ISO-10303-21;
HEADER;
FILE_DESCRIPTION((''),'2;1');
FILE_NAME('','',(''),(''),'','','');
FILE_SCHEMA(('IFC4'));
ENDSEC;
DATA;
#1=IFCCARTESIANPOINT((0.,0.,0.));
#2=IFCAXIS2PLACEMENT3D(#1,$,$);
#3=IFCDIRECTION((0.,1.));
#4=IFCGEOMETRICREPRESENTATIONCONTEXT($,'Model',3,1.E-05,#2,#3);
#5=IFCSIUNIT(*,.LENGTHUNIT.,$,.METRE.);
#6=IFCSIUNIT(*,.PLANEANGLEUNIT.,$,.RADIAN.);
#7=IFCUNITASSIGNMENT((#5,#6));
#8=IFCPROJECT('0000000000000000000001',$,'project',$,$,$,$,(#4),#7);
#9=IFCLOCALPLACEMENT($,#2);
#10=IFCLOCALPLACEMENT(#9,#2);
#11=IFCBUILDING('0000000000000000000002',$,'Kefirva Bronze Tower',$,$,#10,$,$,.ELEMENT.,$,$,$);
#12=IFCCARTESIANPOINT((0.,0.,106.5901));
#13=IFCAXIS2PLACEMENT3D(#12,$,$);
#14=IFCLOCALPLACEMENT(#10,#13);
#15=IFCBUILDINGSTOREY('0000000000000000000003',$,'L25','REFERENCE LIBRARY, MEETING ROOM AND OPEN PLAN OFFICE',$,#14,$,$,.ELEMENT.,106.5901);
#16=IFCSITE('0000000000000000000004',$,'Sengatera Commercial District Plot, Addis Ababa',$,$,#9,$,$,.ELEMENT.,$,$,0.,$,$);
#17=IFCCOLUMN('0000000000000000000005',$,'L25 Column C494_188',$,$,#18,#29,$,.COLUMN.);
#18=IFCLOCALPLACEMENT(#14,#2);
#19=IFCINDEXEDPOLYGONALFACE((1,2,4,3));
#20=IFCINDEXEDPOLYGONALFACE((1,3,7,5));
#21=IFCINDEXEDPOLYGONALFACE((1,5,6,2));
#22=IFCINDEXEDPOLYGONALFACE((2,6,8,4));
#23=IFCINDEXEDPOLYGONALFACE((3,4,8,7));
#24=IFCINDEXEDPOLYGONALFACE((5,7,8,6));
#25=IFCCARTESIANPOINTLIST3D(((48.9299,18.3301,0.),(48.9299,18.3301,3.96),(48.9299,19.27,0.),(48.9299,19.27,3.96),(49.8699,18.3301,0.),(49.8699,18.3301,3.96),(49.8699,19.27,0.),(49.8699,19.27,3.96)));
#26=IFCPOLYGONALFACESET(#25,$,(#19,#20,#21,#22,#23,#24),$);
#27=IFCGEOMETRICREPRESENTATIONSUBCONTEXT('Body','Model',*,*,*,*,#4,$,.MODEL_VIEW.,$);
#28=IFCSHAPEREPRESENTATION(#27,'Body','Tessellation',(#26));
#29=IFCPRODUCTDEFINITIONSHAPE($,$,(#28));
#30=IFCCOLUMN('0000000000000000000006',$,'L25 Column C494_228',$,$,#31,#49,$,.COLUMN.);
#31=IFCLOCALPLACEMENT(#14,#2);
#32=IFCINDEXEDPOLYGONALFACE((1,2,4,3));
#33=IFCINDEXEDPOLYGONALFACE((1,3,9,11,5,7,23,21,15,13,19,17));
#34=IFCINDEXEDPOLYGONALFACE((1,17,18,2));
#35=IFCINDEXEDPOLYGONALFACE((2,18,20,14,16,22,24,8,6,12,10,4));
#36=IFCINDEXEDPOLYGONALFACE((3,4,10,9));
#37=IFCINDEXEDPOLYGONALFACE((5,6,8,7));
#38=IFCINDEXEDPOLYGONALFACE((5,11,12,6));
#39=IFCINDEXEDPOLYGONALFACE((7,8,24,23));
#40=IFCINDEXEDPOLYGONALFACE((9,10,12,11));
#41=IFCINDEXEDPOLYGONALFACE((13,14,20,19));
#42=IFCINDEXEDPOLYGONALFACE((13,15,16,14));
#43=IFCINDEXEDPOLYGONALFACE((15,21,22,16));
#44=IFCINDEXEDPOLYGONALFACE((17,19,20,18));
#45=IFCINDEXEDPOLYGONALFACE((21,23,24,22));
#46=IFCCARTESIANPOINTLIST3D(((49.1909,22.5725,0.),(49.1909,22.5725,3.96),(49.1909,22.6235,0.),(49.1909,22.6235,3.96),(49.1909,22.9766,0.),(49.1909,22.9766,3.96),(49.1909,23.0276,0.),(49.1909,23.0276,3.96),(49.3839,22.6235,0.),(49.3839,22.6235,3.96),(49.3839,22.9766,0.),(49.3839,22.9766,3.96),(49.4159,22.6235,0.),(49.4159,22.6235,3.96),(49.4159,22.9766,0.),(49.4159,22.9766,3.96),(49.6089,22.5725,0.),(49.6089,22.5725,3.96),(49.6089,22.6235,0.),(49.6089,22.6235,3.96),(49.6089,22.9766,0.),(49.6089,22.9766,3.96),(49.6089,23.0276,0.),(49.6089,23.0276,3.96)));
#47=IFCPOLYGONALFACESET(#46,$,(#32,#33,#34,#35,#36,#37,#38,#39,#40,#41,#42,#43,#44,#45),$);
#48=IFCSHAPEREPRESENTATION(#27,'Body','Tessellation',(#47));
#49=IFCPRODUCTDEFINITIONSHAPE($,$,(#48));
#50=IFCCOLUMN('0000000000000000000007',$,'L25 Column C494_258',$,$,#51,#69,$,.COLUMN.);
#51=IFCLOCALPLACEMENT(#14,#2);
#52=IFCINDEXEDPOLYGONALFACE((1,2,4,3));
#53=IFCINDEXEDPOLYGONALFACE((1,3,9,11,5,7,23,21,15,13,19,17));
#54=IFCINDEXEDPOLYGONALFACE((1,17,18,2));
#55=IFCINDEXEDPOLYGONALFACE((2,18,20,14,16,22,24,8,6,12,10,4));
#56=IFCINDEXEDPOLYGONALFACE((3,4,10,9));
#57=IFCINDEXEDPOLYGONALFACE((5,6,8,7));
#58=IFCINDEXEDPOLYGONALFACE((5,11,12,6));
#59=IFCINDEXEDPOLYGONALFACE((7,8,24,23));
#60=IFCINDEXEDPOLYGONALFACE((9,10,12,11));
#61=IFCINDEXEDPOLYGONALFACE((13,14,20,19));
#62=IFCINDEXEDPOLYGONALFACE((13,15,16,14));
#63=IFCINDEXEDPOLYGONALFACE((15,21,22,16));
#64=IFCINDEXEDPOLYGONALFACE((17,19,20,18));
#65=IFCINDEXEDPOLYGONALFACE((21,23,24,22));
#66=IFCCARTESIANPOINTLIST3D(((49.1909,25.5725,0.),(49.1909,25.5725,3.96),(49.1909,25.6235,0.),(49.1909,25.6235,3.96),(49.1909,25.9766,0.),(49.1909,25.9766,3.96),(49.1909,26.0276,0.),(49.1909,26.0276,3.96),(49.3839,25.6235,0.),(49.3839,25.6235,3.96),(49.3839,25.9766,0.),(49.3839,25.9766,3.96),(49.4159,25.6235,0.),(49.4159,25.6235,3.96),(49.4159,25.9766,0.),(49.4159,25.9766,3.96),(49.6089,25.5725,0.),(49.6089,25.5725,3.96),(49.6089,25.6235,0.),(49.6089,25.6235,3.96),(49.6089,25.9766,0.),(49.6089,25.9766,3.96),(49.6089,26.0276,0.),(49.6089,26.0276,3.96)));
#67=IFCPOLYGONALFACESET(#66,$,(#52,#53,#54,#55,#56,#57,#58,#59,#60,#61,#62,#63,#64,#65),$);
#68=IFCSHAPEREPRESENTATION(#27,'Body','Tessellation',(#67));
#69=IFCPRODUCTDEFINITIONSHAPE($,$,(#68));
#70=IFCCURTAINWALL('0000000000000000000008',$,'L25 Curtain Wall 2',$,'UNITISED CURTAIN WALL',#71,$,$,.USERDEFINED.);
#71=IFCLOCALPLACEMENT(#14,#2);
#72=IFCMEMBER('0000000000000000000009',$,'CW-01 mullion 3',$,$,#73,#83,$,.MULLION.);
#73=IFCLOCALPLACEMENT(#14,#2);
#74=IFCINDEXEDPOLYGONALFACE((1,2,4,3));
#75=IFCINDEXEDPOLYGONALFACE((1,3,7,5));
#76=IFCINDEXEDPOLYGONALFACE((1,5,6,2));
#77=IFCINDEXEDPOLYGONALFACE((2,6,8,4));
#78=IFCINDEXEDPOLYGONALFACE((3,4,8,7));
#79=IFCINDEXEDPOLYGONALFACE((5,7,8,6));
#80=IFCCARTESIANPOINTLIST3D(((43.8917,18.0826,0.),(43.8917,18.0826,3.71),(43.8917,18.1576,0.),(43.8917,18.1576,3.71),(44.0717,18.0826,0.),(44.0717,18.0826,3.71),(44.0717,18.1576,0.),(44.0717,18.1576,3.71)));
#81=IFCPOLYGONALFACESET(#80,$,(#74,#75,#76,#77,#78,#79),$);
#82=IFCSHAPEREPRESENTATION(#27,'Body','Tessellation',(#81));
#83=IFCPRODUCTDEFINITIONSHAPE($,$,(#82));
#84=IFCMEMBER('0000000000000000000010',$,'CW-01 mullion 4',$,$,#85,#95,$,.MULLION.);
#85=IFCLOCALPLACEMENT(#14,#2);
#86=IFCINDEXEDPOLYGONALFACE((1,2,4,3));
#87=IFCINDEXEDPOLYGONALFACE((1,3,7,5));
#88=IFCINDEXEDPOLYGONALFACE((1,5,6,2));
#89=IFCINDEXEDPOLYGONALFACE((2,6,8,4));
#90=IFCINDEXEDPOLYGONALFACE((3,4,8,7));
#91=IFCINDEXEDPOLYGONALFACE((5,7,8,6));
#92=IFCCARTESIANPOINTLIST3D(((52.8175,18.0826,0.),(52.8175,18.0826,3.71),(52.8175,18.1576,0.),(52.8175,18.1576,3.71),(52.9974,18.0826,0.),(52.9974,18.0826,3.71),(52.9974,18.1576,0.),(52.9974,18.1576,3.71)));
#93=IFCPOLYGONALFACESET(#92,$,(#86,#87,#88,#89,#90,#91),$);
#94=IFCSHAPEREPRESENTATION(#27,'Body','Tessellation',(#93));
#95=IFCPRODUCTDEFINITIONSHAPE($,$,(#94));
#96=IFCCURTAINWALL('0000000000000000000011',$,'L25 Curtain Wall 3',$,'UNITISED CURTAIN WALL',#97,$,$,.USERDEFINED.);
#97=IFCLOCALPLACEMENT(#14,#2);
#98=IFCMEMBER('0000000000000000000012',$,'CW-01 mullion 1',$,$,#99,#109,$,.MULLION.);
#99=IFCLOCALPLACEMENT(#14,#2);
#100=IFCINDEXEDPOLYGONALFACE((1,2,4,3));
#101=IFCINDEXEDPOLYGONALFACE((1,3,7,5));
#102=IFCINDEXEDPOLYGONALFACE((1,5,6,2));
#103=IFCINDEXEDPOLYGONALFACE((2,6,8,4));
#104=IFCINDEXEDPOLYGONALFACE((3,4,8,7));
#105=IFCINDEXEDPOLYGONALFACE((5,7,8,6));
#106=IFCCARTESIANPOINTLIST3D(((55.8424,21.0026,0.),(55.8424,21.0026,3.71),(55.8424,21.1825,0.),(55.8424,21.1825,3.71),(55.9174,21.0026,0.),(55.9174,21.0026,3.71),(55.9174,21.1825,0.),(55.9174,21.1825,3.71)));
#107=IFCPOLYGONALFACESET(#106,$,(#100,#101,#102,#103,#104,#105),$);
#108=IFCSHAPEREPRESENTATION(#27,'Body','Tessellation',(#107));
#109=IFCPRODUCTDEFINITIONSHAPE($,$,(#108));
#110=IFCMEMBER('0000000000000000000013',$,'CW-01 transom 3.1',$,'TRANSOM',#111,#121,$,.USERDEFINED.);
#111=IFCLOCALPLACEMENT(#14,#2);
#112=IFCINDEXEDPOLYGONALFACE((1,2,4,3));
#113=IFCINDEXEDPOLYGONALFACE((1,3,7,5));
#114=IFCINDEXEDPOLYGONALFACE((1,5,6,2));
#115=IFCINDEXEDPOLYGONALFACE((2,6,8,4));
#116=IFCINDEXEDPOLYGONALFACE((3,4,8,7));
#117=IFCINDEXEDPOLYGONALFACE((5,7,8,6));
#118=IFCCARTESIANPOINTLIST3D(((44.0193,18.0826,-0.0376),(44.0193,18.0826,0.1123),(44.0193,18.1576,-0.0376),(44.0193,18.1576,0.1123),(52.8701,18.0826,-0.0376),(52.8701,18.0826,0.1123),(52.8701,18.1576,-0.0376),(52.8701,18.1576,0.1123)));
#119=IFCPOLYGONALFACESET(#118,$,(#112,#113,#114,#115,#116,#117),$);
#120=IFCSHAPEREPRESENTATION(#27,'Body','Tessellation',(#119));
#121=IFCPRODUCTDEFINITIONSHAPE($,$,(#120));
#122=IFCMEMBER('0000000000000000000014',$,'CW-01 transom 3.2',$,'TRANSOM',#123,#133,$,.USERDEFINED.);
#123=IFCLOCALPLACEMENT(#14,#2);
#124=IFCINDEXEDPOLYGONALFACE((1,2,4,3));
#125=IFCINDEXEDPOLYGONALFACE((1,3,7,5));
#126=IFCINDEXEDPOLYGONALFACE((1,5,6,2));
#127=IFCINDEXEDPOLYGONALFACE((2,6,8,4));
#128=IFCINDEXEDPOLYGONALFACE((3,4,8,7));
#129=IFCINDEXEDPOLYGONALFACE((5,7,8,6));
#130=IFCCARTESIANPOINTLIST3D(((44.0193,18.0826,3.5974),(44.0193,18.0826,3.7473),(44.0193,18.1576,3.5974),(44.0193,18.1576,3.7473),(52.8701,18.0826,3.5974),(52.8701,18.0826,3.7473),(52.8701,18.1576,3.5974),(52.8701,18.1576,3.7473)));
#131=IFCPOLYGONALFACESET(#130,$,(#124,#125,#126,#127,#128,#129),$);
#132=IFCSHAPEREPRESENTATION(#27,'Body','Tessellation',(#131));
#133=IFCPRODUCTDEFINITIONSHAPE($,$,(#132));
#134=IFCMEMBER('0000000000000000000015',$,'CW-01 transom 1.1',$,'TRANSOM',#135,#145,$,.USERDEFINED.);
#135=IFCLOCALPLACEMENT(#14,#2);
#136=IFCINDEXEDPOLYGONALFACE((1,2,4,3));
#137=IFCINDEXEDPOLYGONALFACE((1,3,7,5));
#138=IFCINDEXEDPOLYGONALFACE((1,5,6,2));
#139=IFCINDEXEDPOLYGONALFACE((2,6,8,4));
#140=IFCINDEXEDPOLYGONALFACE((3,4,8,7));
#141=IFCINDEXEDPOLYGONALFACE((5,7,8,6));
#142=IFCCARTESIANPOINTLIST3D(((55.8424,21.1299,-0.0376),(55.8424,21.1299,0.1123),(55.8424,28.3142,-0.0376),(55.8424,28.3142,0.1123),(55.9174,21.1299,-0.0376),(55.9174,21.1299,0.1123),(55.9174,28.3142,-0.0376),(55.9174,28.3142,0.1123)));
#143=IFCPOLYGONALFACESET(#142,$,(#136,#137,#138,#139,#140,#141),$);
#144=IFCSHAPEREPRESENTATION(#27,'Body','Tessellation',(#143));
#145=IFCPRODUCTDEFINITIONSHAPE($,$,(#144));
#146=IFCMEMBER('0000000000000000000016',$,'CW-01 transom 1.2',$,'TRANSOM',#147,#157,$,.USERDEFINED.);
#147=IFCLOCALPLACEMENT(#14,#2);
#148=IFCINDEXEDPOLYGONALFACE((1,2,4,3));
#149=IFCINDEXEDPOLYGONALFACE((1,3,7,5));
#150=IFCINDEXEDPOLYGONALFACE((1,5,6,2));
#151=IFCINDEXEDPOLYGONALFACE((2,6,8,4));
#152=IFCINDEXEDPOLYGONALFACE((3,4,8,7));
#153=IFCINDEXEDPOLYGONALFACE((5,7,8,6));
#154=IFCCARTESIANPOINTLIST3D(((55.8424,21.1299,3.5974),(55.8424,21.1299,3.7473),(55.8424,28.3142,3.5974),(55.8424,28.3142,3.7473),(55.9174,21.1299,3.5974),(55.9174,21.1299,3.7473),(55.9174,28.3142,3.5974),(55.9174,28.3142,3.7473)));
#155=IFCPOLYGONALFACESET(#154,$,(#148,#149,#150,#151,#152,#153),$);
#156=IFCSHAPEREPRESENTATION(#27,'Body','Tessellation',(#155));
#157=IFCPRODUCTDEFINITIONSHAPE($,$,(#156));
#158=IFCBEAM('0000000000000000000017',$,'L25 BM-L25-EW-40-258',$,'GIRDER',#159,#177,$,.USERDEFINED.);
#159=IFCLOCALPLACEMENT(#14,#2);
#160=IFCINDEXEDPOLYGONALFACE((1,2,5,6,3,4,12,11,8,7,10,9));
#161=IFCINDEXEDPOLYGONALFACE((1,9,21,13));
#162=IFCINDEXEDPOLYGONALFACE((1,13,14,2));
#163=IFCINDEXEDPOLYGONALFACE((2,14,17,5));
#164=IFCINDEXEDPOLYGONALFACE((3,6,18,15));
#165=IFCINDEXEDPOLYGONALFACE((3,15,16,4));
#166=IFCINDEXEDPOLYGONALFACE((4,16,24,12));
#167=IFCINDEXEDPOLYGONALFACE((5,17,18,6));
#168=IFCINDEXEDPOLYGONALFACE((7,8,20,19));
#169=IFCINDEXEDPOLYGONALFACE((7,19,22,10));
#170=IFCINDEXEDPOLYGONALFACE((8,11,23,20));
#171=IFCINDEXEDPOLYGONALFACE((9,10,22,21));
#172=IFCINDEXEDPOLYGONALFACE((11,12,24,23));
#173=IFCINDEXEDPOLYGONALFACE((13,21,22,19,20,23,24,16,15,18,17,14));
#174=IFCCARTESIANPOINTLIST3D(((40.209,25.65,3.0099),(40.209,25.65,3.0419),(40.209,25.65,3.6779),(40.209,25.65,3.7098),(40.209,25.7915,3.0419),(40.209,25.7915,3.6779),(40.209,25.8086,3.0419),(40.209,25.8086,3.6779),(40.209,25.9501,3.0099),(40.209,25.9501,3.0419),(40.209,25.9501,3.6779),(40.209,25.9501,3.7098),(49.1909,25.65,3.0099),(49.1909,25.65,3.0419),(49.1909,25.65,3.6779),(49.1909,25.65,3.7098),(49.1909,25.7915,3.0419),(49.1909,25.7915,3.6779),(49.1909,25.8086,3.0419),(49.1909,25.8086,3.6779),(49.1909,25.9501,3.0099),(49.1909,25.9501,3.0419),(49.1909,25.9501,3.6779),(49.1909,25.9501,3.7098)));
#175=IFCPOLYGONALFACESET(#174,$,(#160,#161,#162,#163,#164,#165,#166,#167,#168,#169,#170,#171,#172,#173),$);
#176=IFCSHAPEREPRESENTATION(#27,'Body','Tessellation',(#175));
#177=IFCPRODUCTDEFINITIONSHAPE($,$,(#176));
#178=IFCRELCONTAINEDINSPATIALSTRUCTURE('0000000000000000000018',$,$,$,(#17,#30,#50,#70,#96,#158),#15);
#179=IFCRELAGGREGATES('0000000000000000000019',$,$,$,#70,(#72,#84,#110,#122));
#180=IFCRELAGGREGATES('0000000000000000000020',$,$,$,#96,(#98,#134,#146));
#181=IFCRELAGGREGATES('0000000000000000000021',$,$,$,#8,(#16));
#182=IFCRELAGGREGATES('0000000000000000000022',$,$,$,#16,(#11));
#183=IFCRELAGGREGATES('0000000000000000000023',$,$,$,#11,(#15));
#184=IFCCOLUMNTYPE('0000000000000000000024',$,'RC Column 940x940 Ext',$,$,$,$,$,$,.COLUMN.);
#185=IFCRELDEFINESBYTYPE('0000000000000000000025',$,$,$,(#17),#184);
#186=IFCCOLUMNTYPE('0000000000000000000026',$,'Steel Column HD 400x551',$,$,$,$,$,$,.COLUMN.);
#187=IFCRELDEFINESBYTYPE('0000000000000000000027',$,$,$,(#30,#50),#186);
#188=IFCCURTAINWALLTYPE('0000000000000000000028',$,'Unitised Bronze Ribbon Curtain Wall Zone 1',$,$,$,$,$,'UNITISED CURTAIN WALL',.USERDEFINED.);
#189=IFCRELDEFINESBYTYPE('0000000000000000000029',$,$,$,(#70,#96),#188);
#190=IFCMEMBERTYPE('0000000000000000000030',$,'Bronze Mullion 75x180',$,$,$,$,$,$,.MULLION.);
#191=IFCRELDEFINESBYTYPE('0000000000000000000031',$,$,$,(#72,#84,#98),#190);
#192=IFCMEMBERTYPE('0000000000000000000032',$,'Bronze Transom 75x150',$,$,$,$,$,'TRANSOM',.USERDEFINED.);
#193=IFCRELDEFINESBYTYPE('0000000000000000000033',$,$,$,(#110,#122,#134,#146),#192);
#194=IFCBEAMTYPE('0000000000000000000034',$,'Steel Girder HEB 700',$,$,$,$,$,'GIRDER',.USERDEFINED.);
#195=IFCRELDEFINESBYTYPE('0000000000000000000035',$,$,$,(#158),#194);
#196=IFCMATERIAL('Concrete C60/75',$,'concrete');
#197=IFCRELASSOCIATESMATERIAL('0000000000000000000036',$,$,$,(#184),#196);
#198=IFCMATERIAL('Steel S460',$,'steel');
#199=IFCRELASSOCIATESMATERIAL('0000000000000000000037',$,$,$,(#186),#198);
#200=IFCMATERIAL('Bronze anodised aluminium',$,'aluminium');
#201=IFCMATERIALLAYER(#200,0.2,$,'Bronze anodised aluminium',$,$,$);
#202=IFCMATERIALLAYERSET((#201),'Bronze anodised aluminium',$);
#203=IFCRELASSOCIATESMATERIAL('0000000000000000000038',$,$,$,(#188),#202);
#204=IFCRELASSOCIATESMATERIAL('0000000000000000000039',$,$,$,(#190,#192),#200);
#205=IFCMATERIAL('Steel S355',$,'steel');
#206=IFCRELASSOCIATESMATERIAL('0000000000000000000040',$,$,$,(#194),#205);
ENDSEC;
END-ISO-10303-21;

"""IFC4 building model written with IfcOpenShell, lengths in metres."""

from ifc_helpers import new_model, si_unit, direction, frame, origin, origin_2d, place, context, subcontext, project, spatial, rectangle, i_section, extrude, material, layer, layer_set, material_profile, profile_set, type_object, element, aggregate, save


model = new_model("IFC4")

# Units and contexts
model_context = context("Model", 3, precision=1e-05, world=origin(), true_north=direction((0.0, 1.0)))
body_context = subcontext(model_context, "Body", "Model", "MODEL_VIEW")
ifc_project = project(units=[si_unit("LENGTHUNIT", "METRE"), si_unit("PLANEANGLEUNIT", "RADIAN")], contexts=[model_context])

# Site, building, storey
site_placement = place(None, origin())
site = spatial("IfcSite", under=ifc_project, at=site_placement, Name="Sengatera Commercial District Plot, Addis Ababa", CompositionType="ELEMENT", RefElevation=0.0)
building_placement = place(site_placement, origin())
building = spatial("IfcBuilding", under=site, at=building_placement, Name="Kefirva Bronze Tower", CompositionType="ELEMENT")
storey_placement = place(building_placement, frame((0.0, 0.0, 106.5901)))
storey = spatial("IfcBuildingStorey", under=building, at=storey_placement, Name="L25", Description="REFERENCE LIBRARY, MEETING ROOM AND OPEN PLAN OFFICE", CompositionType="ELEMENT", Elevation=106.5901)

# Columns
ifc_material_1 = material(Name="Concrete C60/75", Category="concrete")
ifc_material_profile_1 = material_profile(ifc_material_1, rectangle(XDim=0.9399, YDim=0.9399, at=origin_2d()), Name="RC 940x940")
ifc_profile_set_1 = profile_set([ifc_material_profile_1], Name="Concrete C60/75")
column_type_1 = type_object("IfcColumnType", Name="RC Column 940x940 Ext", PredefinedType="COLUMN", material=ifc_profile_set_1)
column_placement = place(storey_placement, frame((49.3999, 18.8, 0.0), z_axis=(0.0, 0.0, 1.0), x_axis=(1.0, 0.0, 0.0)))
element("IfcColumn", 1, at=column_placement, inside=storey, type_object=column_type_1, Name="L25 Column C494_188", PredefinedType="COLUMN", context=body_context, shape_type="SweptSolid", body=[
    extrude(rectangle(XDim=0.9399, YDim=0.9399, at=origin_2d()), origin(), (0.0, 0.0, 1.0), 3.96),
])
ifc_material_2 = material(Name="Steel S460", Category="steel")
ifc_material_profile_2 = material_profile(ifc_material_2, i_section(OverallWidth=0.418, OverallDepth=0.4551, WebThickness=0.032, FlangeThickness=0.051, at=origin_2d()), Name="HD 400x551")
ifc_profile_set_2 = profile_set([ifc_material_profile_2], Name="Steel S460")
column_type_2 = type_object("IfcColumnType", Name="Steel Column HD 400x551", PredefinedType="COLUMN", material=ifc_profile_set_2)
for number, where, z_axis, x_axis, name in (
    (2, (49.3999, 22.8, 0.0), (0.0, 0.0, 1.0), (1.0, 0.0, 0.0), "L25 Column C494_228"),
    (3, (49.3999, 25.8, 0.0), (0.0, 0.0, 1.0), (1.0, 0.0, 0.0), "L25 Column C494_258"),
):
    element("IfcColumn", number, at=place(storey_placement, frame(where, z_axis=z_axis, x_axis=x_axis)), inside=storey, type_object=column_type_2, Name=name, PredefinedType="COLUMN", context=body_context, shape_type="SweptSolid", body=[
        extrude(i_section(OverallWidth=0.418, OverallDepth=0.4551, WebThickness=0.032, FlangeThickness=0.051, at=origin_2d()), origin(), (0.0, 0.0, 1.0), 3.96),
    ])

# Curtain wall, members
ifc_material_3 = material(Name="Bronze anodised aluminium", Category="aluminium")
ifc_layer_1 = layer(ifc_material_3, 0.2, Name="Bronze anodised aluminium")
ifc_layer_set_1 = layer_set([ifc_layer_1], Name="Bronze anodised aluminium")
curtain_wall_type = type_object("IfcCurtainWallType", Name="Unitised Bronze Ribbon Curtain Wall Zone 1", ElementType="UNITISED CURTAIN WALL", PredefinedType="USERDEFINED", material=ifc_layer_set_1)
curtain_wall_1_placement = place(storey_placement, origin())
curtain_wall_1 = element("IfcCurtainWall", 4, at=curtain_wall_1_placement, inside=storey, type_object=curtain_wall_type, Name="L25 Curtain Wall 2", ObjectType="UNITISED CURTAIN WALL", PredefinedType="USERDEFINED")
ifc_material_profile_3 = material_profile(ifc_material_3, rectangle(XDim=0.075, YDim=0.1799, at=origin_2d()), Name="ALU 75x180")
ifc_profile_set_3 = profile_set([ifc_material_profile_3], Name="Bronze anodised aluminium")
member_type_1 = type_object("IfcMemberType", Name="Bronze Mullion 75x180", PredefinedType="MULLION", material=ifc_profile_set_3)
member_1_placement = place(storey_placement, frame((43.9817, 18.1201, 0.0), z_axis=(0.0, 0.0, 1.0), x_axis=(0.0, 1.0, 0.0)))
member_1 = element("IfcMember", 5, at=member_1_placement, type_object=member_type_1, Name="CW-01 mullion 3", PredefinedType="MULLION", context=body_context, shape_type="SweptSolid", body=[
    extrude(rectangle(XDim=0.075, YDim=0.1799, at=origin_2d()), origin(), (0.0, 0.0, 1.0), 3.71),
])
member_2_placement = place(storey_placement, frame((52.9075, 18.1201, 0.0), z_axis=(0.0, 0.0, 1.0), x_axis=(0.0, 1.0, 0.0)))
member_2 = element("IfcMember", 6, at=member_2_placement, type_object=member_type_1, Name="CW-01 mullion 4", PredefinedType="MULLION", context=body_context, shape_type="SweptSolid", body=[
    extrude(rectangle(XDim=0.075, YDim=0.1799, at=origin_2d()), origin(), (0.0, 0.0, 1.0), 3.71),
])

# Curtain wall, member
curtain_wall_2_placement = place(storey_placement, origin())
curtain_wall_2 = element("IfcCurtainWall", 7, at=curtain_wall_2_placement, inside=storey, type_object=curtain_wall_type, Name="L25 Curtain Wall 3", ObjectType="UNITISED CURTAIN WALL", PredefinedType="USERDEFINED")
member_3_placement = place(storey_placement, frame((55.8799, 21.0925, 0.0), z_axis=(0.0, 0.0, 1.0), x_axis=(-1.0, 0.0, 0.0)))
member_3 = element("IfcMember", 8, at=member_3_placement, type_object=member_type_1, Name="CW-01 mullion 1", PredefinedType="MULLION", context=body_context, shape_type="SweptSolid", body=[
    extrude(rectangle(XDim=0.075, YDim=0.1799, at=origin_2d()), origin(), (0.0, 0.0, 1.0), 3.71),
])

# Members
ifc_material_profile_4 = material_profile(ifc_material_3, rectangle(XDim=0.075, YDim=0.1499, at=origin_2d()), Name="ALU 75x150")
ifc_profile_set_4 = profile_set([ifc_material_profile_4], Name="Bronze anodised aluminium")
member_type_2 = type_object("IfcMemberType", Name="Bronze Transom 75x150", ElementType="TRANSOM", PredefinedType="USERDEFINED", material=ifc_profile_set_4)
member_4_placement = place(storey_placement, frame((44.0193, 18.1201, 0.0374), z_axis=(1.0, 0.0, 0.0), x_axis=(0.0, 1.0, 0.0)))
member_4 = element("IfcMember", 9, at=member_4_placement, type_object=member_type_2, Name="CW-01 transom 3.1", ObjectType="TRANSOM", PredefinedType="USERDEFINED", context=body_context, shape_type="SweptSolid", body=[
    extrude(rectangle(XDim=0.075, YDim=0.1499, at=origin_2d()), origin(), (0.0, 0.0, 1.0), 8.8508),
])
member_5_placement = place(storey_placement, frame((44.0193, 18.1201, 3.6724), z_axis=(1.0, 0.0, 0.0), x_axis=(0.0, 1.0, 0.0)))
member_5 = element("IfcMember", 10, at=member_5_placement, type_object=member_type_2, Name="CW-01 transom 3.2", ObjectType="TRANSOM", PredefinedType="USERDEFINED", context=body_context, shape_type="SweptSolid", body=[
    extrude(rectangle(XDim=0.075, YDim=0.1499, at=origin_2d()), origin(), (0.0, 0.0, 1.0), 8.8508),
])
member_6_placement = place(storey_placement, frame((55.8799, 21.1299, 0.0374), z_axis=(0.0, 1.0, 0.0), x_axis=(-1.0, 0.0, 0.0)))
member_6 = element("IfcMember", 11, at=member_6_placement, type_object=member_type_2, Name="CW-01 transom 1.1", ObjectType="TRANSOM", PredefinedType="USERDEFINED", context=body_context, shape_type="SweptSolid", body=[
    extrude(rectangle(XDim=0.075, YDim=0.1499, at=origin_2d()), origin(), (0.0, 0.0, 1.0), 7.1843),
])
member_7_placement = place(storey_placement, frame((55.8799, 21.1299, 3.6724), z_axis=(0.0, 1.0, 0.0), x_axis=(-1.0, 0.0, 0.0)))
member_7 = element("IfcMember", 12, at=member_7_placement, type_object=member_type_2, Name="CW-01 transom 1.2", ObjectType="TRANSOM", PredefinedType="USERDEFINED", context=body_context, shape_type="SweptSolid", body=[
    extrude(rectangle(XDim=0.075, YDim=0.1499, at=origin_2d()), origin(), (0.0, 0.0, 1.0), 7.1843),
])

# Beam
ifc_material_4 = material(Name="Steel S355", Category="steel")
ifc_material_profile_5 = material_profile(ifc_material_4, i_section(OverallWidth=0.3, OverallDepth=0.7, WebThickness=0.0171, FlangeThickness=0.032, at=origin_2d()), Name="HEB 700")
ifc_profile_set_5 = profile_set([ifc_material_profile_5], Name="Steel S355")
beam_type = type_object("IfcBeamType", Name="Steel Girder HEB 700", ElementType="GIRDER", PredefinedType="USERDEFINED", material=ifc_profile_set_5)
beam_1_placement = place(storey_placement, frame((40.209, 25.8, 3.3599), z_axis=(1.0, 0.0, 0.0), x_axis=(0.0, 1.0, 0.0)))
element("IfcBeam", 13, at=beam_1_placement, inside=storey, type_object=beam_type, Name="L25 BM-L25-EW-40-258", ObjectType="GIRDER", PredefinedType="USERDEFINED", context=body_context, shape_type="SweptSolid", body=[
    extrude(i_section(OverallWidth=0.3, OverallDepth=0.7, WebThickness=0.0171, FlangeThickness=0.032, at=origin_2d()), origin(), (0.0, 0.0, 1.0), 8.9819),
])

aggregate(curtain_wall_1, [member_1, member_2, member_4, member_5])
aggregate(curtain_wall_2, [member_3, member_6, member_7])

save(model, "model.ifc")
